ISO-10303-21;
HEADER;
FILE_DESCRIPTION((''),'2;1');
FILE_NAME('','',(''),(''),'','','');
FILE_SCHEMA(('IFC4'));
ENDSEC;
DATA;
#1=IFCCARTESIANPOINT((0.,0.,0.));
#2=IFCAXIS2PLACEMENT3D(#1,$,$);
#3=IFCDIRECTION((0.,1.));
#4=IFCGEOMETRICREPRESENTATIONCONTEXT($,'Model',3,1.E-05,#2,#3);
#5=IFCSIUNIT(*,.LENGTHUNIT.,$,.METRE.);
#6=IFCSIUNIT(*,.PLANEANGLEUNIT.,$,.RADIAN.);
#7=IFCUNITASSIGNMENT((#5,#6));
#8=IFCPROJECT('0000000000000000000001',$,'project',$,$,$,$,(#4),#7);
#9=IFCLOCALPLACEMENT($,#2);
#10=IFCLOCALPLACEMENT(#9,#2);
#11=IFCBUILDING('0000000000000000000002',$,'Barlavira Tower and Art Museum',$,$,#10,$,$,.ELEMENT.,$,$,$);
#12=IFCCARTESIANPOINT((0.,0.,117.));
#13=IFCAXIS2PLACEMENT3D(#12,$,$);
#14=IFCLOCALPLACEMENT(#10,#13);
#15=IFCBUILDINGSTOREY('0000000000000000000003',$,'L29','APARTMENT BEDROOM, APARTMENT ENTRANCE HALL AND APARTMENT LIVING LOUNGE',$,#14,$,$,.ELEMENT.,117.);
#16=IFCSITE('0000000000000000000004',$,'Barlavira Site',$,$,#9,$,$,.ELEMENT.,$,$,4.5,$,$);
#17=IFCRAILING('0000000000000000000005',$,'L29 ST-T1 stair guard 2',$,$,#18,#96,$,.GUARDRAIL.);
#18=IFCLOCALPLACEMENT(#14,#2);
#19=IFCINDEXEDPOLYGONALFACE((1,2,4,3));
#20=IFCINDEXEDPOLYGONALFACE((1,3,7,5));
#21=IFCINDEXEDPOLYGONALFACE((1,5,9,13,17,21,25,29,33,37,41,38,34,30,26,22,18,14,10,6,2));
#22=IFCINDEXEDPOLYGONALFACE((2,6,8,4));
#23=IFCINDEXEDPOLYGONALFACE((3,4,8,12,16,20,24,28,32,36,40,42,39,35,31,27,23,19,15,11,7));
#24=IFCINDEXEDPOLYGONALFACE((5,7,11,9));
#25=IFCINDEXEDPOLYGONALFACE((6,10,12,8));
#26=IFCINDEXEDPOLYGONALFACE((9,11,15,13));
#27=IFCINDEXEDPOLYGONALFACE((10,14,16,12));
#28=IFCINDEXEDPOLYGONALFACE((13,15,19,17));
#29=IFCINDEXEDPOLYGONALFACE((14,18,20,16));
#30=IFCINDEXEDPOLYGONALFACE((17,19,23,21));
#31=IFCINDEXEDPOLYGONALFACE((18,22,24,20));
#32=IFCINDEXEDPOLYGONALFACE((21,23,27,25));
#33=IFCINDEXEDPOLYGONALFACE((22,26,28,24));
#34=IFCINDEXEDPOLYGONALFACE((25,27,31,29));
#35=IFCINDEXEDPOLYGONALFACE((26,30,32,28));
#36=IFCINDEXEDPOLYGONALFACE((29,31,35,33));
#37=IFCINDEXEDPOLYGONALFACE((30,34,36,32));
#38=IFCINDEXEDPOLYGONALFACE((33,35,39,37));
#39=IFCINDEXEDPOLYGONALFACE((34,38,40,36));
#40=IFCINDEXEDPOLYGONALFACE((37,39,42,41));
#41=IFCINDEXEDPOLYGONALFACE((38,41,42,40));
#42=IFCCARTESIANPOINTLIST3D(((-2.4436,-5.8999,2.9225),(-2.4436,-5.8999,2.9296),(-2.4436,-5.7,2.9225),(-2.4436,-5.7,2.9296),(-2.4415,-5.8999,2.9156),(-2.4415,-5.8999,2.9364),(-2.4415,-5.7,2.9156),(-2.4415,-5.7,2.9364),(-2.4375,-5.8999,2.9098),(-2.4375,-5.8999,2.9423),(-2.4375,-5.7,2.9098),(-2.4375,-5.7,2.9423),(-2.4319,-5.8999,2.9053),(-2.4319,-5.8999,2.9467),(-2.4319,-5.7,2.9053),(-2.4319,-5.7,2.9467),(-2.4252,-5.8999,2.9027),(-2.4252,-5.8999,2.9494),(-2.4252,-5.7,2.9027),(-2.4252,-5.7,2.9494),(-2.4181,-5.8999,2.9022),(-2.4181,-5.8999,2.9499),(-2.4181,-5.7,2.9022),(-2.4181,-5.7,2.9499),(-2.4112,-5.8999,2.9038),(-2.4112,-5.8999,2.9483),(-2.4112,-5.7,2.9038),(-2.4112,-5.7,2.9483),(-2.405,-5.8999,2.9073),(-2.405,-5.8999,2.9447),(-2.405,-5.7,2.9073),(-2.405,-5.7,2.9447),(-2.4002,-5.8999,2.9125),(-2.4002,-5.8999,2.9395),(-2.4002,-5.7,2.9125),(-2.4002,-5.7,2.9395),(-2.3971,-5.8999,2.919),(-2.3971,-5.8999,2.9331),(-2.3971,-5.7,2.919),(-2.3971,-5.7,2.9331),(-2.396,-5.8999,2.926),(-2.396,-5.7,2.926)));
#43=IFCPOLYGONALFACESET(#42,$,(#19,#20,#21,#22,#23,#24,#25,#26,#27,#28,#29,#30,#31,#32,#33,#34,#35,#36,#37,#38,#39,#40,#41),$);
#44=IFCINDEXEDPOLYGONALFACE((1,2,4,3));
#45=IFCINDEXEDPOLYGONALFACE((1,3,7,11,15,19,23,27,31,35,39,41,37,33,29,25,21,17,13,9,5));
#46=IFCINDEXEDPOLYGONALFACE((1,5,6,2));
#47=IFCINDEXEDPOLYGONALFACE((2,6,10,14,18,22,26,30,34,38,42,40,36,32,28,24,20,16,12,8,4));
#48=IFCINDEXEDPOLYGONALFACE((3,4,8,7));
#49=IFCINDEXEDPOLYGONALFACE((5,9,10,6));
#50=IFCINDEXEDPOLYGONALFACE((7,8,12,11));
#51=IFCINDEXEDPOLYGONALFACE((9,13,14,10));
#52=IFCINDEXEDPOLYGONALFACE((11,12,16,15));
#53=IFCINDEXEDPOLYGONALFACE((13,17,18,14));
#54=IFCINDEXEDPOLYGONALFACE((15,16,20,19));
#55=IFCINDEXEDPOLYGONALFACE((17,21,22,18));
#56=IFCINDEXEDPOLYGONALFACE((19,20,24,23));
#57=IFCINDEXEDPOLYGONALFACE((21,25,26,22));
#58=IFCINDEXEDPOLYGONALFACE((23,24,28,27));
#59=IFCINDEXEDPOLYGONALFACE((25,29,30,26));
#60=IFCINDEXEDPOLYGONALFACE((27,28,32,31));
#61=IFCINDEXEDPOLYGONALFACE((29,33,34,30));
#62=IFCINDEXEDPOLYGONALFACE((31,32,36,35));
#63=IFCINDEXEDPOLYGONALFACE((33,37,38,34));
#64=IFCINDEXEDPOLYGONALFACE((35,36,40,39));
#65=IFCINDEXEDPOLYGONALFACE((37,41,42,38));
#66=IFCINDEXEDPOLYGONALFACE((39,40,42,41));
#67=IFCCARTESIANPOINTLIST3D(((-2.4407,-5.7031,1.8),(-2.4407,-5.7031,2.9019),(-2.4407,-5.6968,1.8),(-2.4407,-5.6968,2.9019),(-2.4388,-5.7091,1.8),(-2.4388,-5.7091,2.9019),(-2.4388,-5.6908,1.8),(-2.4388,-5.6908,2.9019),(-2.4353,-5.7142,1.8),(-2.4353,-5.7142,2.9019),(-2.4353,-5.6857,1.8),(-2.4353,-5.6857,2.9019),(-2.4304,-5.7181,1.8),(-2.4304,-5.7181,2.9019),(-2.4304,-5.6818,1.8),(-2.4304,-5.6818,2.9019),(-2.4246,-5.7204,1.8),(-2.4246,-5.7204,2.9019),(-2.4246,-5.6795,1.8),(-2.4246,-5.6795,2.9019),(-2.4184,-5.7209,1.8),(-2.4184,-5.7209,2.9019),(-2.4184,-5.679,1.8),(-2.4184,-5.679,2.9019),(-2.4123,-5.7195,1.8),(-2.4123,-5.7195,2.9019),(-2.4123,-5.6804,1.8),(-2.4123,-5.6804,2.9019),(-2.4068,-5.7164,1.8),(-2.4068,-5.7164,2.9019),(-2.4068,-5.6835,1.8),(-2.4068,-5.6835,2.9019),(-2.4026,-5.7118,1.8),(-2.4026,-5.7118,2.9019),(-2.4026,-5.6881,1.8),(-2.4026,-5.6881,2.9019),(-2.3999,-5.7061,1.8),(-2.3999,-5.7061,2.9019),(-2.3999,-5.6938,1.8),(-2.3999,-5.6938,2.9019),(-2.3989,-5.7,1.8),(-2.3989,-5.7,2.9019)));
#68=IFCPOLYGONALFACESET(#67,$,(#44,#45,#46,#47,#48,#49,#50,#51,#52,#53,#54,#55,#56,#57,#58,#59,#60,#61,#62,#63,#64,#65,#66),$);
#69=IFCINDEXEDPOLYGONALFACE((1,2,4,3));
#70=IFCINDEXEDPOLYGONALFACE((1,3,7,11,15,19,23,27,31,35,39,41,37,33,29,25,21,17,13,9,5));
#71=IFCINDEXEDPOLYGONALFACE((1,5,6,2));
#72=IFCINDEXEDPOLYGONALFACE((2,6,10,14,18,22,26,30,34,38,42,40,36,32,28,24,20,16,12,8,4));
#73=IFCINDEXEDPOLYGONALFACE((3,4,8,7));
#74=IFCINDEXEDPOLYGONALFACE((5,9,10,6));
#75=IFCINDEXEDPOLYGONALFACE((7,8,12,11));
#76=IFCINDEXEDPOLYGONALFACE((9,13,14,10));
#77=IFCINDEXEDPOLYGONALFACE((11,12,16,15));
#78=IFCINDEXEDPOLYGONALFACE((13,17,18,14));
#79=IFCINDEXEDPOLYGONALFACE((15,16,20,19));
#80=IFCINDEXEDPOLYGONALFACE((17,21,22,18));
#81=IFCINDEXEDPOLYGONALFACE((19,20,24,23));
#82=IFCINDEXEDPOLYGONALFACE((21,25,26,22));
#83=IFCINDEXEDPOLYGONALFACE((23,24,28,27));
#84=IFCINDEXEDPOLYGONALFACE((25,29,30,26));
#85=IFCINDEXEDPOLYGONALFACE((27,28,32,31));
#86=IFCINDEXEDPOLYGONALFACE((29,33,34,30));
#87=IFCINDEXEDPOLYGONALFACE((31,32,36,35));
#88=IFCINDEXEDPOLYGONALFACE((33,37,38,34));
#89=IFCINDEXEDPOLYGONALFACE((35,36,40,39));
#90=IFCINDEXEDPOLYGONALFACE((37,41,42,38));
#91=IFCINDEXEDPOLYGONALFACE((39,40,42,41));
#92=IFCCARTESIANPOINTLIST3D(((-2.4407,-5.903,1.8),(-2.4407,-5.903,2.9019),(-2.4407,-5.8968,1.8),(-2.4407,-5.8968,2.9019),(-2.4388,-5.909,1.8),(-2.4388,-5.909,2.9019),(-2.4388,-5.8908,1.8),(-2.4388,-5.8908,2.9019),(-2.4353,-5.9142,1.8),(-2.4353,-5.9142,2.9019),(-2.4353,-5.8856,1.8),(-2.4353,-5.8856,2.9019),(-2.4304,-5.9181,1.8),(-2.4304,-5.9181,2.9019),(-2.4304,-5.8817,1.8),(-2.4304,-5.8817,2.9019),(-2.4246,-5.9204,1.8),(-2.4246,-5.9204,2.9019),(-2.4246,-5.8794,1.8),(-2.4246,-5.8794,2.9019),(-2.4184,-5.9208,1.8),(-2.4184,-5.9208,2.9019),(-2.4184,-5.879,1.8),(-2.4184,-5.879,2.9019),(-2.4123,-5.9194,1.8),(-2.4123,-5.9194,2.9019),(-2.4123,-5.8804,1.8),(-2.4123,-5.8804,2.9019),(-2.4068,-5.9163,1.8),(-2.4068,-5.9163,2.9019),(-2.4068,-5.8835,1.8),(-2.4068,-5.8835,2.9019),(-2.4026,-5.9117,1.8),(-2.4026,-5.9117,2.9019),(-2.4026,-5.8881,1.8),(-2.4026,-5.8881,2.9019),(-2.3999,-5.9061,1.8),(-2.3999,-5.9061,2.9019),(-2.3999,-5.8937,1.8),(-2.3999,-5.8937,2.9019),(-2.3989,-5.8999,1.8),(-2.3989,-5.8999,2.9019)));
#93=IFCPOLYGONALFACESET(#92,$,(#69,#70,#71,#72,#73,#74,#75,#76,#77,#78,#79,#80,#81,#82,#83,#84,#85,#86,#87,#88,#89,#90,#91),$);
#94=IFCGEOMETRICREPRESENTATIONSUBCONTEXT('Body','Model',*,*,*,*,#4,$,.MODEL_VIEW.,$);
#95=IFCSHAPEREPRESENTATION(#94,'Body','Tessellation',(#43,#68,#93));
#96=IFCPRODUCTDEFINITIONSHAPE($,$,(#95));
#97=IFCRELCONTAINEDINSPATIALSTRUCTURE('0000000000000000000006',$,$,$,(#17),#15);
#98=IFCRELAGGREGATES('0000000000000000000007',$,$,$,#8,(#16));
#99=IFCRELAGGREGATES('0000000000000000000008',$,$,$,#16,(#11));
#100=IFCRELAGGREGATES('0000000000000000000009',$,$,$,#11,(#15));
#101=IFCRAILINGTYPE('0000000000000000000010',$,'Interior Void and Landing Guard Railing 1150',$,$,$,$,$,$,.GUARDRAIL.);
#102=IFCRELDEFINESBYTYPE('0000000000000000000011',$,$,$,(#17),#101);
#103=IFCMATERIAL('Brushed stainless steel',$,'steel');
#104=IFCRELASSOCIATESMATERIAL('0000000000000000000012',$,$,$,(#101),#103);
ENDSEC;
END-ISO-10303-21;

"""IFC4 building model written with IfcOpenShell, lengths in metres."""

from ifc_helpers import new_model, si_unit, direction, frame, origin, origin_2d, place, context, subcontext, project, spatial, circle, extrude, material, type_object, element, save


model = new_model("IFC4")

# Units and contexts
model_context = context("Model", 3, precision=1e-05, world=origin(), true_north=direction((0.0, 1.0)))
body_context = subcontext(model_context, "Body", "Model", "MODEL_VIEW")
ifc_project = project(units=[si_unit("LENGTHUNIT", "METRE"), si_unit("PLANEANGLEUNIT", "RADIAN")], contexts=[model_context])

# Site, building, storey
site_placement = place(None, origin())
site = spatial("IfcSite", under=ifc_project, at=site_placement, Name="Barlavira Site", CompositionType="ELEMENT", RefElevation=4.5)
building_placement = place(site_placement, origin())
building = spatial("IfcBuilding", under=site, at=building_placement, Name="Barlavira Tower and Art Museum", CompositionType="ELEMENT")
storey_placement = place(building_placement, frame((0.0, 0.0, 117.0)))
storey = spatial("IfcBuildingStorey", under=building, at=storey_placement, Name="L29", Description="APARTMENT BEDROOM, APARTMENT ENTRANCE HALL AND APARTMENT LIVING LOUNGE", CompositionType="ELEMENT", Elevation=117.0)

# Shared definitions
ifc_material_1 = material(Name="Brushed stainless steel", Category="steel")

# Railing
railing_type_1 = type_object("IfcRailingType", Name="Interior Void and Landing Guard Railing 1150", PredefinedType="GUARDRAIL", material=ifc_material_1)
railing_1_placement = place(storey_placement, frame((-2.4199, -5.7, 1.8)))
element("IfcRailing", 1, at=railing_1_placement, inside=storey, type_object=railing_type_1, Name="L29 ST-T1 stair guard 2", PredefinedType="GUARDRAIL", context=body_context, shape_type="SweptSolid", body=[
    extrude(circle(Radius=0.0239, at=origin_2d()), frame((0.0, 0.0, 1.126), z_axis=(0.0, -1.0, 0.0), x_axis=(1.0, 0.0, 0.0)), (0.0, 0.0, 1.0), 0.2),
    extrude(circle(Radius=0.021, at=origin_2d()), origin(), (0.0, 0.0, 1.0), 1.1018),
    extrude(circle(Radius=0.021, at=origin_2d()), frame((0.0, -0.2, 0.0)), (0.0, 0.0, 1.0), 1.1018),
])

save(model, "model.ifc")
